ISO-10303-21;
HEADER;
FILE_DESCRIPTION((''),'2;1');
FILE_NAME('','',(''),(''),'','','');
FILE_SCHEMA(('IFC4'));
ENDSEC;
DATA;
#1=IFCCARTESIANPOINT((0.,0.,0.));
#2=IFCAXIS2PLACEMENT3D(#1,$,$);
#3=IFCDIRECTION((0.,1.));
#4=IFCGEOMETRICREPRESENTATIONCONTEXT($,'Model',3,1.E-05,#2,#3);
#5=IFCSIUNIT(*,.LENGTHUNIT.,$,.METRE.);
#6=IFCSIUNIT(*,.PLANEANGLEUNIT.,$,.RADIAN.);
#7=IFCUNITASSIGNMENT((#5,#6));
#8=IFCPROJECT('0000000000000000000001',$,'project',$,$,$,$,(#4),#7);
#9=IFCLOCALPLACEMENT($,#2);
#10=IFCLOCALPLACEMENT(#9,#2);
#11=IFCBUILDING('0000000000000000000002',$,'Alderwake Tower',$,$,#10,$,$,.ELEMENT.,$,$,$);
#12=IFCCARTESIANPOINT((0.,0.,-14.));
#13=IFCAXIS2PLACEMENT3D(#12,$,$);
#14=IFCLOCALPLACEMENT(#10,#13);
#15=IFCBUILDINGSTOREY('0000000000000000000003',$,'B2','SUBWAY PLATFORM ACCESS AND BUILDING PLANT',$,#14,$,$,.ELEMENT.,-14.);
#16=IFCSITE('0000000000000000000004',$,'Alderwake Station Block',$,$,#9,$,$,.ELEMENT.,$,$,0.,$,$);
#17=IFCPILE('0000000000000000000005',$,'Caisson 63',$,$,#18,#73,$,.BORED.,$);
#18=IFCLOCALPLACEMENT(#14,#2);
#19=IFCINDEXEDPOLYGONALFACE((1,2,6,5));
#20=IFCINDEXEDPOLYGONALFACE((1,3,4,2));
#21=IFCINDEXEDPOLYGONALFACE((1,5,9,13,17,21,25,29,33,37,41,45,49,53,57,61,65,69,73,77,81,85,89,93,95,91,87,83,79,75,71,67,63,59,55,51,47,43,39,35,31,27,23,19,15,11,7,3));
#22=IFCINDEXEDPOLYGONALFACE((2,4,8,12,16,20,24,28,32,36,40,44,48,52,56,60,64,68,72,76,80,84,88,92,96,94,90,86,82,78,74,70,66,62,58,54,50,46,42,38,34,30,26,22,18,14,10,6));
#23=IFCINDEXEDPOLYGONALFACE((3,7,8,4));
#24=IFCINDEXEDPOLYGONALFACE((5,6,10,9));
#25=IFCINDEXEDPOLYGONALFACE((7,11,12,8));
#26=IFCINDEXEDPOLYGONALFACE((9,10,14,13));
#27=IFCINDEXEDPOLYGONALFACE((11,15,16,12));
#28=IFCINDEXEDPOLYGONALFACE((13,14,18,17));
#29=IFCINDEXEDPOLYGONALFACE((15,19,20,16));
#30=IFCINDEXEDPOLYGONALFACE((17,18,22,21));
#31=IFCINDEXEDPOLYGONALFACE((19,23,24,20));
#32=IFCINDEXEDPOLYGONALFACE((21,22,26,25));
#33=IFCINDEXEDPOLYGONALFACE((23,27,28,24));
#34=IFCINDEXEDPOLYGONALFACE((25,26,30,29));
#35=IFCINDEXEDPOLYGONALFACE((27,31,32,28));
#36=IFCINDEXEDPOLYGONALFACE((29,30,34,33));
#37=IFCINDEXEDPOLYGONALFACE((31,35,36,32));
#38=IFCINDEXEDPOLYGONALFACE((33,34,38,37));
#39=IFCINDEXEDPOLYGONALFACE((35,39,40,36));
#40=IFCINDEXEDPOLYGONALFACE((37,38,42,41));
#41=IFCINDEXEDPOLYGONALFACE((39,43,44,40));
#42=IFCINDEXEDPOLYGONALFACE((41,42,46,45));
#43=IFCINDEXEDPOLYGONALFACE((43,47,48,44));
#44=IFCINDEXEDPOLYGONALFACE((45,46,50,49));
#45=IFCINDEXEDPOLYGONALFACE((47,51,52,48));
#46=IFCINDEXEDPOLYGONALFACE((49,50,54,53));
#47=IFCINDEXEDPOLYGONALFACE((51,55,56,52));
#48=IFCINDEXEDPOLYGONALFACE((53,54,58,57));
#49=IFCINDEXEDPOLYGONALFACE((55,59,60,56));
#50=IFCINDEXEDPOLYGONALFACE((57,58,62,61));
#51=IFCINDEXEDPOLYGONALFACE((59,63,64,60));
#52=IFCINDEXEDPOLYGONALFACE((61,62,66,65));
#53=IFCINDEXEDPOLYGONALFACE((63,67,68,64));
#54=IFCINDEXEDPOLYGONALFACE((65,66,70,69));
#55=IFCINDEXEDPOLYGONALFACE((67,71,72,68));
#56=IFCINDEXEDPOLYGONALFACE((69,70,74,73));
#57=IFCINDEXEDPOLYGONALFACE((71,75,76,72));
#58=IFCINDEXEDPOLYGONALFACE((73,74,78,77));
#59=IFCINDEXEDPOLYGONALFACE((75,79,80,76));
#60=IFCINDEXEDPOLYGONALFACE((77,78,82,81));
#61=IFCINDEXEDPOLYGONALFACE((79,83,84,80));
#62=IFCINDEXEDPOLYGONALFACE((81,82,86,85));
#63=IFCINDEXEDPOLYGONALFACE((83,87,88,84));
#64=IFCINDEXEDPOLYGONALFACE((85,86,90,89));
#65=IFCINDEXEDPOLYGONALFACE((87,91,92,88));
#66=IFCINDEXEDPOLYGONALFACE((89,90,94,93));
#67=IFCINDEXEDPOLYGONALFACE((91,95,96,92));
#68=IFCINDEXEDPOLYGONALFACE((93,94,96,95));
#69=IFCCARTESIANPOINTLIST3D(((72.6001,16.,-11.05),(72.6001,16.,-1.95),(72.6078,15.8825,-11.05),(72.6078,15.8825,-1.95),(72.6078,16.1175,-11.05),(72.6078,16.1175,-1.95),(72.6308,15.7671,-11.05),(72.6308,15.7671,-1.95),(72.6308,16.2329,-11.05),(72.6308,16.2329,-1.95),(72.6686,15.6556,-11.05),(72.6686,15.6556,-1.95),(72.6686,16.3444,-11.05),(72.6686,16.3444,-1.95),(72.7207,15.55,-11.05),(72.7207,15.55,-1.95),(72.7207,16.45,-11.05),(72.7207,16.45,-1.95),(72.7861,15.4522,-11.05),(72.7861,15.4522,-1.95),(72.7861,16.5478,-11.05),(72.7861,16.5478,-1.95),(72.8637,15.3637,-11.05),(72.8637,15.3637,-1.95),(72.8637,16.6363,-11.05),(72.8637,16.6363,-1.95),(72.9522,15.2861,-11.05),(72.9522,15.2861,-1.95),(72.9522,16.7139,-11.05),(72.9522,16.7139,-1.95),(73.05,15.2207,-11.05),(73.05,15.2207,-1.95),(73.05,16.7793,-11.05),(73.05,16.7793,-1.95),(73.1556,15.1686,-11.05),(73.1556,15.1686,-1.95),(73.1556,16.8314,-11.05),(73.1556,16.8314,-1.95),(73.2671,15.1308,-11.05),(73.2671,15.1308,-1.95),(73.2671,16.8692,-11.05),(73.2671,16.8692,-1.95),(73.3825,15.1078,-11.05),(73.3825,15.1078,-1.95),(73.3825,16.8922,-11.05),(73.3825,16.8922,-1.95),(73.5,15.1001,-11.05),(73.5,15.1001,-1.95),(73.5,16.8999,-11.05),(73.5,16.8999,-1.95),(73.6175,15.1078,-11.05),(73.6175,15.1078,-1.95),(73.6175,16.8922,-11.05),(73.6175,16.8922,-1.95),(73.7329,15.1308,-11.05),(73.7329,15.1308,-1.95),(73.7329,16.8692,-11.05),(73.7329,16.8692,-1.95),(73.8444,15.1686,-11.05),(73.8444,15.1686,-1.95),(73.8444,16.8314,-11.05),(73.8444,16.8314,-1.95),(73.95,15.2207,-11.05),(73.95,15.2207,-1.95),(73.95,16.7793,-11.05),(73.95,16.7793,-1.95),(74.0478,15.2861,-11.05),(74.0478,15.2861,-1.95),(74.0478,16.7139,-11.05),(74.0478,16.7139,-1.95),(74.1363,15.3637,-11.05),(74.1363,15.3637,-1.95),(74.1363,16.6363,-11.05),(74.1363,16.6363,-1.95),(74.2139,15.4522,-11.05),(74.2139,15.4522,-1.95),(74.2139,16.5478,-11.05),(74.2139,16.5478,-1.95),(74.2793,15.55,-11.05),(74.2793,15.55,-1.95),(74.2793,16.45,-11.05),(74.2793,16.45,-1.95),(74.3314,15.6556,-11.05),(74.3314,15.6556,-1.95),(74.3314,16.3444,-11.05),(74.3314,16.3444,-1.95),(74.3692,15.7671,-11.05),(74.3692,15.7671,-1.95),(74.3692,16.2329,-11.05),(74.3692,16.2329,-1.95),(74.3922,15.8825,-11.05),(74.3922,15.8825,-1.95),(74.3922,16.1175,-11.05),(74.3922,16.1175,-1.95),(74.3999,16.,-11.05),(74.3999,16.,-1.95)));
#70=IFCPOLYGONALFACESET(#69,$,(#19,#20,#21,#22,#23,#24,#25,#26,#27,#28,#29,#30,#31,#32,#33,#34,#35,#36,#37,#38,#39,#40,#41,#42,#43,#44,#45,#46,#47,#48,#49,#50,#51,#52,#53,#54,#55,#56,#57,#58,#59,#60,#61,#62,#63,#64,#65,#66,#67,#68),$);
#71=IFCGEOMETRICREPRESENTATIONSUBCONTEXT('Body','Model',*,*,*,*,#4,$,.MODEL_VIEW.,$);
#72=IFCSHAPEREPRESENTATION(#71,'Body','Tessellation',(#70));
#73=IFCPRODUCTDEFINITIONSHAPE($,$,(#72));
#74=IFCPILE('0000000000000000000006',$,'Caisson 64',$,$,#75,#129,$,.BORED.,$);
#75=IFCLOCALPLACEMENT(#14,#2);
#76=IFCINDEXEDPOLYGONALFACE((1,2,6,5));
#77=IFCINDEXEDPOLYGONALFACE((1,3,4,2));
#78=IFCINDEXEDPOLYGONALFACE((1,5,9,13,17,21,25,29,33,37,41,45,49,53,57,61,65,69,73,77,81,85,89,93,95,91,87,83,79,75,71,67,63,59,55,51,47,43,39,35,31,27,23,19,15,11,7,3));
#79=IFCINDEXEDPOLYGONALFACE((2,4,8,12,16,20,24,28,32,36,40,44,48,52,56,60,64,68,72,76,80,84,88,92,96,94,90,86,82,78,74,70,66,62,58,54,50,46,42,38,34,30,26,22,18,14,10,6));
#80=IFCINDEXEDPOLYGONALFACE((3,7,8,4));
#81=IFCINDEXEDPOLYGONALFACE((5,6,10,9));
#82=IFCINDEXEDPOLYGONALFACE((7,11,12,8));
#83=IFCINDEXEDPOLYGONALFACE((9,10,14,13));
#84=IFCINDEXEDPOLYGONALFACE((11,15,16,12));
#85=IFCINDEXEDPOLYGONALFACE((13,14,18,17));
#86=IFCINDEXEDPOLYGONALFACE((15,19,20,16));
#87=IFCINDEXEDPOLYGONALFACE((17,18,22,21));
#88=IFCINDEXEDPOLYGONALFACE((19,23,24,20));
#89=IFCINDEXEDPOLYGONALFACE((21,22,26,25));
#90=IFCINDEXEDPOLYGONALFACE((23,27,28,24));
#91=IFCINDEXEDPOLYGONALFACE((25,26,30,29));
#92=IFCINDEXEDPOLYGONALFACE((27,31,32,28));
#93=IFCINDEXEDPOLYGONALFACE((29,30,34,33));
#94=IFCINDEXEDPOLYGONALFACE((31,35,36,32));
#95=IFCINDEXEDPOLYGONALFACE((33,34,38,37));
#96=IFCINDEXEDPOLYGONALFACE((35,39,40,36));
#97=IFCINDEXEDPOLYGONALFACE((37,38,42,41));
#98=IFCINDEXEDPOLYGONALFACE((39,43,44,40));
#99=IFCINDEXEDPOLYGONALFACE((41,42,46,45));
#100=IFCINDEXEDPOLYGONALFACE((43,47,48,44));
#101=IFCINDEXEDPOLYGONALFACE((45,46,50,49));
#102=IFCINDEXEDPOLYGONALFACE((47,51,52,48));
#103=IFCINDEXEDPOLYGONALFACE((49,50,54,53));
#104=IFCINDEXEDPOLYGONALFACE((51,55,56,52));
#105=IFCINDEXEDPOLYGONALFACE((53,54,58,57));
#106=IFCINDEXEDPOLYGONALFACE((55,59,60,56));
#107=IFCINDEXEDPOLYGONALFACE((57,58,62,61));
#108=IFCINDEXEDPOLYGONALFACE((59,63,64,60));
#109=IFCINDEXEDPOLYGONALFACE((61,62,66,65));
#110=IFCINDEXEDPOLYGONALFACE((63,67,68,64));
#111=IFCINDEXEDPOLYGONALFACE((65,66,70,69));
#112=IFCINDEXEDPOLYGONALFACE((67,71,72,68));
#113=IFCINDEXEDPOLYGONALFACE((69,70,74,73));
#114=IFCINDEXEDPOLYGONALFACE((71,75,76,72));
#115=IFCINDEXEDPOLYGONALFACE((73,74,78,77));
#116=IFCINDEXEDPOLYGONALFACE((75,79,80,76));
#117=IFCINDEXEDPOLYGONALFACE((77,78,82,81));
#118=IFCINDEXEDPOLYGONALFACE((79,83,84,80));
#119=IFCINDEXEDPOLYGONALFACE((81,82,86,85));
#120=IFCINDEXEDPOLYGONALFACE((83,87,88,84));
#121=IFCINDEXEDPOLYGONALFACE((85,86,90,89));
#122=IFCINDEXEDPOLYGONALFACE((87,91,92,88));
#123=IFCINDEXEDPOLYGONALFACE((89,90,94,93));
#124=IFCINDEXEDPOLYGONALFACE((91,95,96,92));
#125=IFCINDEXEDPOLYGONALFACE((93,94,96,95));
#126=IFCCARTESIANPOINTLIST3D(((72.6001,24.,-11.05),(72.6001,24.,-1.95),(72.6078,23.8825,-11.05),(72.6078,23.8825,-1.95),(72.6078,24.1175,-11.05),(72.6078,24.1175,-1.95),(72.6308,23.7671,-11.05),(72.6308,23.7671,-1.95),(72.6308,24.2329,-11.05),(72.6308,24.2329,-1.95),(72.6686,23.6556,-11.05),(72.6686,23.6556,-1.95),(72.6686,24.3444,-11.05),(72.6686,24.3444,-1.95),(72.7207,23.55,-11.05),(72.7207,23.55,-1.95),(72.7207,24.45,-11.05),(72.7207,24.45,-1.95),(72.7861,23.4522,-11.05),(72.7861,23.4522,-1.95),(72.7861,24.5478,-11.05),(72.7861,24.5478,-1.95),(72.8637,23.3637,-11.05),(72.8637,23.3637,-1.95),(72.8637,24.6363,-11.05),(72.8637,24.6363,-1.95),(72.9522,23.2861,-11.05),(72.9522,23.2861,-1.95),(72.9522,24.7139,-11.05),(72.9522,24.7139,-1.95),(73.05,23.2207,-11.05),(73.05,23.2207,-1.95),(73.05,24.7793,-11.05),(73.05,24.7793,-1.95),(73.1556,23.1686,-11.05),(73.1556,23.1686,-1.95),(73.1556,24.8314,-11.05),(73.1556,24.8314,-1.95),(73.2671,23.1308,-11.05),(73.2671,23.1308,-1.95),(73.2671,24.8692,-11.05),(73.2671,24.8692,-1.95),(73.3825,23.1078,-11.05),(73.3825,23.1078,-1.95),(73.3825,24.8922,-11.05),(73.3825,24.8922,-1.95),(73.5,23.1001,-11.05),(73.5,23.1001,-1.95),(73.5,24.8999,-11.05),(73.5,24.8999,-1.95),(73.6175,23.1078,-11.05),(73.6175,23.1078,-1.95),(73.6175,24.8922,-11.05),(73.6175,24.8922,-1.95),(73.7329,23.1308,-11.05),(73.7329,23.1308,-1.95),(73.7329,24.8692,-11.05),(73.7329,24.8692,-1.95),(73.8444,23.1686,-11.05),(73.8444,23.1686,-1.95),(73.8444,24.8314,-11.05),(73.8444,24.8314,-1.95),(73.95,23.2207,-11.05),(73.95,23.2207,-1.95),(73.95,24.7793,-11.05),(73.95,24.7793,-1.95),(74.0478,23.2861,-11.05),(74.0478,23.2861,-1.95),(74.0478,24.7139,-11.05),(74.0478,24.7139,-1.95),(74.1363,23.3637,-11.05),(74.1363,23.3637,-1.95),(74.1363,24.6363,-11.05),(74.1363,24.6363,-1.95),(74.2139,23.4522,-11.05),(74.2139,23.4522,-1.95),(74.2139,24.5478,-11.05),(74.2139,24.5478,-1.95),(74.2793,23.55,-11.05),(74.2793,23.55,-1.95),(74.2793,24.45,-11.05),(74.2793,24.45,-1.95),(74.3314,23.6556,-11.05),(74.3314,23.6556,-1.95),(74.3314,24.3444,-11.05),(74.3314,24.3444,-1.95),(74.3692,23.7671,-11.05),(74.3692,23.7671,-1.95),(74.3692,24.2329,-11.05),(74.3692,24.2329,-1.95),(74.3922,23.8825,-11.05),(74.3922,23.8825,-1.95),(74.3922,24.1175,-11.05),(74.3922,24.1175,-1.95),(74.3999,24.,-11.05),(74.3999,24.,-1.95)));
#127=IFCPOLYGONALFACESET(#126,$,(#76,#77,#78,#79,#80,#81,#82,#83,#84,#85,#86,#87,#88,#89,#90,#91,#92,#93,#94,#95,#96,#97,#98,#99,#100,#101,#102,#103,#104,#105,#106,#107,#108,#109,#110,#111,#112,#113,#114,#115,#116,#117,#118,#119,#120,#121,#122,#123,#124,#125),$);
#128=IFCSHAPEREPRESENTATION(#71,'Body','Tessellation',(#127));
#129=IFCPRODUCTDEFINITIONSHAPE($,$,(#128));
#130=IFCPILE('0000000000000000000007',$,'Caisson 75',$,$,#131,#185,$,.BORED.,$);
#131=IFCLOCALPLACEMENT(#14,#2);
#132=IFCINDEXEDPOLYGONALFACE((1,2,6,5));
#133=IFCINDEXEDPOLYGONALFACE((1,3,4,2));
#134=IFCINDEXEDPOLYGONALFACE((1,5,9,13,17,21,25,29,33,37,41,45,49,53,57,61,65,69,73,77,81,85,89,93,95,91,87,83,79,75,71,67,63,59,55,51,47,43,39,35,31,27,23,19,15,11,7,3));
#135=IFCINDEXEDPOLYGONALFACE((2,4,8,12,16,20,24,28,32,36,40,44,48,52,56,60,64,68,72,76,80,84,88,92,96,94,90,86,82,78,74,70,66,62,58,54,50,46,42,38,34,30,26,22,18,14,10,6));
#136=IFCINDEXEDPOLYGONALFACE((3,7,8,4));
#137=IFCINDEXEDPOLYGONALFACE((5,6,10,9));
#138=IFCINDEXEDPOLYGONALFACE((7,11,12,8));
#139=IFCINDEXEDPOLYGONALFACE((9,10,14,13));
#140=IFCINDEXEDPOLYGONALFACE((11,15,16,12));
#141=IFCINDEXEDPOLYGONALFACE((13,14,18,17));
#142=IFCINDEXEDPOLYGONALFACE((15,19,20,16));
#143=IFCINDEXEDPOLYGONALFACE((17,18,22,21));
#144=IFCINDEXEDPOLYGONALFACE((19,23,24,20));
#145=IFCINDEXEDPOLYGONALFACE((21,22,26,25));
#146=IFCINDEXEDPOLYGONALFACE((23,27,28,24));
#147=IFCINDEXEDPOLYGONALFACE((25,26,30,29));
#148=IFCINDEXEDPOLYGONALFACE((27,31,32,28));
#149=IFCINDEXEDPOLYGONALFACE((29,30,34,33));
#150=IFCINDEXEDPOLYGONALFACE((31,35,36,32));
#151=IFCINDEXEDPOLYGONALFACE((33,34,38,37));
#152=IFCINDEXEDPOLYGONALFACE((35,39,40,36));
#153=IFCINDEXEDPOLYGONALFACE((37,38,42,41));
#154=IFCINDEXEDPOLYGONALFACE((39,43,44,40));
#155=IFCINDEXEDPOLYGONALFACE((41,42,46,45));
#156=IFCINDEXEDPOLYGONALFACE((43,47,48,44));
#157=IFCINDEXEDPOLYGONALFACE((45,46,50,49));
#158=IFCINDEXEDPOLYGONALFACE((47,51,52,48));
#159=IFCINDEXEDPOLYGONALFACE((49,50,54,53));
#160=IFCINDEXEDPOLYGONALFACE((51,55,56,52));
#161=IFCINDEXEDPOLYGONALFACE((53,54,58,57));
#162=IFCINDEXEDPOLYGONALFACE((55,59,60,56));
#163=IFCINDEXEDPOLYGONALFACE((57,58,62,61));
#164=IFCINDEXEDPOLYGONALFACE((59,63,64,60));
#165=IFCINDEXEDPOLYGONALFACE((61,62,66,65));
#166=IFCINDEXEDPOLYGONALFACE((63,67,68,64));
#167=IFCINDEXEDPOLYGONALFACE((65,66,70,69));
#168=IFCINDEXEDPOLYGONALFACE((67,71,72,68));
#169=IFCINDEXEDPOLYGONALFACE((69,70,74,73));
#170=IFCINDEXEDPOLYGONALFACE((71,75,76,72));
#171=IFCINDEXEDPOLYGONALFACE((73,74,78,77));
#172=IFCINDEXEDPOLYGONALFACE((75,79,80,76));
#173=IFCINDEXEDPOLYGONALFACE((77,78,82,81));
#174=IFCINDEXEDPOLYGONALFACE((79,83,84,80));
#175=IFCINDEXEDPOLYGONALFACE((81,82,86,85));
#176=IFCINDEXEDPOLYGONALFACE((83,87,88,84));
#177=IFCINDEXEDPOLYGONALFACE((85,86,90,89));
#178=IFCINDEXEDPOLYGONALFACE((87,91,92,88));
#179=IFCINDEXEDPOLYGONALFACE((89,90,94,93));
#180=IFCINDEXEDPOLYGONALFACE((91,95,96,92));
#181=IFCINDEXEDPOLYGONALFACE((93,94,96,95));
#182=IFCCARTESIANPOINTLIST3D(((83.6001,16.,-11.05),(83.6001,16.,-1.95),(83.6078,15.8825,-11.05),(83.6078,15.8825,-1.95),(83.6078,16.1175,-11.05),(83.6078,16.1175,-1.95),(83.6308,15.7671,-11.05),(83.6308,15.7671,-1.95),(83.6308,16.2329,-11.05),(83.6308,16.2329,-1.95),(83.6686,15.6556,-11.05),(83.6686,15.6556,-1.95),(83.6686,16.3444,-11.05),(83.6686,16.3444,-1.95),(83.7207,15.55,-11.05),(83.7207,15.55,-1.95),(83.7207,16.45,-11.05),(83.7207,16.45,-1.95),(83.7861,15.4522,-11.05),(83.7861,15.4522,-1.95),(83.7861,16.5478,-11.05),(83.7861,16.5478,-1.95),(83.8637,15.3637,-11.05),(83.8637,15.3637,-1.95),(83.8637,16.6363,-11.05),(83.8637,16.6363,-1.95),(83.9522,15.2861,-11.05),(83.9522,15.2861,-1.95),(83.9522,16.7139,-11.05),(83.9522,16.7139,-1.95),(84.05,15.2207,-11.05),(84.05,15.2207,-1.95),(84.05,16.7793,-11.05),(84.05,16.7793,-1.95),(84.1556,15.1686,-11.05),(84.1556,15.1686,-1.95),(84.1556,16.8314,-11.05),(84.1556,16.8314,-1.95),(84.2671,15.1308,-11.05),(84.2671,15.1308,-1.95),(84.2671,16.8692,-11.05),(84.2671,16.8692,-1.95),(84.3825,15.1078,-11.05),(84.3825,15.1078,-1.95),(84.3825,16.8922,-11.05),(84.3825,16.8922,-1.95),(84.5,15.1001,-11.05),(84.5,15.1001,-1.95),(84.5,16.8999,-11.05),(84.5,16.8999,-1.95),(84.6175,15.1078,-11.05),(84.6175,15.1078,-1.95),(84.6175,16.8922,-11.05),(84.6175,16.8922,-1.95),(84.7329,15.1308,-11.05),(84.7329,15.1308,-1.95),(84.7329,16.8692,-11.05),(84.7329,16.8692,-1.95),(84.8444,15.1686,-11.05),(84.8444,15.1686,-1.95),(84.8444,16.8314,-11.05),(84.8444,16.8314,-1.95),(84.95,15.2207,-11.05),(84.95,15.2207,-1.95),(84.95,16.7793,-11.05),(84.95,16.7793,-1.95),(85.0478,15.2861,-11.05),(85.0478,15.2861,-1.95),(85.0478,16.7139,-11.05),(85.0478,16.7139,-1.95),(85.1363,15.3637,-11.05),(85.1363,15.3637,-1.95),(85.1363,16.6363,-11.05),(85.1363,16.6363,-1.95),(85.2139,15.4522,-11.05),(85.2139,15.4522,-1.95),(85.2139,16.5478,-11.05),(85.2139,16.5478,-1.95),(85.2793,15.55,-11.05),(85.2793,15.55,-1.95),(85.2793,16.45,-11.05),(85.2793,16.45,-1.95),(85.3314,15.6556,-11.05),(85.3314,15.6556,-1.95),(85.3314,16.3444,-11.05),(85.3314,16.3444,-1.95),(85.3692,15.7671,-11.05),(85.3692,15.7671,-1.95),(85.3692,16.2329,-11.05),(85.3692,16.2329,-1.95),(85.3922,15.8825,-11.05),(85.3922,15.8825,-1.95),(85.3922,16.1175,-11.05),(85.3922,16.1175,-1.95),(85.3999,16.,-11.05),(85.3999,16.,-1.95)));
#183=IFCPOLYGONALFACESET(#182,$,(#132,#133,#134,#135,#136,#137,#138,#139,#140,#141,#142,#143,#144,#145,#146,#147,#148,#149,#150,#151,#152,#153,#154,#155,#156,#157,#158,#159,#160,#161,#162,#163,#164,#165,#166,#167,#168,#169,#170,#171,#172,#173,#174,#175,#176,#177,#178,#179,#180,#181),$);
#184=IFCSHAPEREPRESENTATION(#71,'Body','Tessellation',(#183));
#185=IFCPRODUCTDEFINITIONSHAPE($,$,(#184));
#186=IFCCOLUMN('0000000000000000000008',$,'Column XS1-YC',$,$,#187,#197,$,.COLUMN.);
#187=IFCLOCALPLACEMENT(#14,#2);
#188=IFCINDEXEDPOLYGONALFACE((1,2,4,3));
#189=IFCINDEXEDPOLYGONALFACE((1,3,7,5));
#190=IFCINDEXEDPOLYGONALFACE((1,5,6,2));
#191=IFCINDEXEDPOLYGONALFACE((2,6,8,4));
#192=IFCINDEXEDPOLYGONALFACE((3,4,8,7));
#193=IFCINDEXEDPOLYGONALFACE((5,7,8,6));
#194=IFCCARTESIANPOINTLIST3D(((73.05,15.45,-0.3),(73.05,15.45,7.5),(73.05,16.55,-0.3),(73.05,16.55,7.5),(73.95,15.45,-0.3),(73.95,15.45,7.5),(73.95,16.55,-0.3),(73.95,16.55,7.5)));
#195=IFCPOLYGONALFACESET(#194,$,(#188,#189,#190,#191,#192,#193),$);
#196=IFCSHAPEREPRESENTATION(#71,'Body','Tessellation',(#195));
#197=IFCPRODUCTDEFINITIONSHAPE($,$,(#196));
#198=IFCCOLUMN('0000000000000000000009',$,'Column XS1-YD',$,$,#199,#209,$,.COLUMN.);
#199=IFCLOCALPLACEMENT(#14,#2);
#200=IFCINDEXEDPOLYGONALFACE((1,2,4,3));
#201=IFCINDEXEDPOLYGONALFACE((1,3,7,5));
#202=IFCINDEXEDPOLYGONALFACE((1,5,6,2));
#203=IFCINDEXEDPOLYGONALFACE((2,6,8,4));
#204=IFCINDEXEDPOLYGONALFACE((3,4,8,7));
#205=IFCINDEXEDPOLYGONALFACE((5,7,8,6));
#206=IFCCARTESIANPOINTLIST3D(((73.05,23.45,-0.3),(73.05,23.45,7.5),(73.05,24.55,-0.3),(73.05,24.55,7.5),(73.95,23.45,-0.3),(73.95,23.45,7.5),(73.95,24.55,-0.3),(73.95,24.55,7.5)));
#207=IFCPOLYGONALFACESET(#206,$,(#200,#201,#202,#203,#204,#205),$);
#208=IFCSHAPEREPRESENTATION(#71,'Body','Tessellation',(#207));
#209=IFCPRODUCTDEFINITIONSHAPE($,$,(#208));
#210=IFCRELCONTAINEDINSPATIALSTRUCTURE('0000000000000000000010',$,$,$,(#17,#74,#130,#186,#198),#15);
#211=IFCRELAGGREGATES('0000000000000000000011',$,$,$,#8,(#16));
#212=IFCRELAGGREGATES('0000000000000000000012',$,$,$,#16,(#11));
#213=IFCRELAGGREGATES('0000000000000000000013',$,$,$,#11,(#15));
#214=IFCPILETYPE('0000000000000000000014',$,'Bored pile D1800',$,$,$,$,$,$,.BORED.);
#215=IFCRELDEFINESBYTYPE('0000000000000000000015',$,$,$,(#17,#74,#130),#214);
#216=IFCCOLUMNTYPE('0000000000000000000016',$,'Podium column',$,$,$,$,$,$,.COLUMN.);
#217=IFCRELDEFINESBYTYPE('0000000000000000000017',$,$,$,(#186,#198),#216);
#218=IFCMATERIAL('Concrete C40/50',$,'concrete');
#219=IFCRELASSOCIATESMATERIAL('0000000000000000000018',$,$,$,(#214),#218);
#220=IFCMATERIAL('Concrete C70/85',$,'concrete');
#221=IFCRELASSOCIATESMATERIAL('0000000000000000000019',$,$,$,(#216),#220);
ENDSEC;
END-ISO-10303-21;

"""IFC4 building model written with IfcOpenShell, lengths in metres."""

from ifc_helpers import new_model, si_unit, direction, frame, origin, origin_2d, place, context, subcontext, project, spatial, rectangle, circle, extrude, material, material_profile, profile_set, type_object, element, save


model = new_model("IFC4")

# Units and contexts
model_context = context("Model", 3, precision=1e-05, world=origin(), true_north=direction((0.0, 1.0)))
body_context = subcontext(model_context, "Body", "Model", "MODEL_VIEW")
ifc_project = project(units=[si_unit("LENGTHUNIT", "METRE"), si_unit("PLANEANGLEUNIT", "RADIAN")], contexts=[model_context])

# Site, building, storey
site_placement = place(None, origin())
site = spatial("IfcSite", under=ifc_project, at=site_placement, Name="Alderwake Station Block", CompositionType="ELEMENT", RefElevation=0.0)
building_placement = place(site_placement, origin())
building = spatial("IfcBuilding", under=site, at=building_placement, Name="Alderwake Tower", CompositionType="ELEMENT")
storey_placement = place(building_placement, frame((0.0, 0.0, -14.0)))
storey = spatial("IfcBuildingStorey", under=building, at=storey_placement, Name="B2", Description="SUBWAY PLATFORM ACCESS AND BUILDING PLANT", CompositionType="ELEMENT", Elevation=-14.0)

# Piles
ifc_material_1 = material(Name="Concrete C40/50", Category="concrete")
ifc_material_profile_1 = material_profile(ifc_material_1, circle(Radius=0.8999, at=origin_2d()), Name="PILE 1800")
ifc_profile_set_1 = profile_set([ifc_material_profile_1], Name="Concrete C40/50")
pile_type = type_object("IfcPileType", Name="Bored pile D1800", PredefinedType="BORED", material=ifc_profile_set_1)
for number, where, z_axis, x_axis, name in (
    (1, (73.5, 16.0, -1.95), (0.0, 0.0, -1.0), (1.0, 0.0, 0.0), "Caisson 63"),
    (2, (73.5, 24.0, -1.95), (0.0, 0.0, -1.0), (1.0, 0.0, 0.0), "Caisson 64"),
    (3, (84.5, 16.0, -1.95), (0.0, 0.0, -1.0), (1.0, 0.0, 0.0), "Caisson 75"),
):
    element("IfcPile", number, at=place(storey_placement, frame(where, z_axis=z_axis, x_axis=x_axis)), inside=storey, type_object=pile_type, Name=name, PredefinedType="BORED", context=body_context, shape_type="SweptSolid", body=[
        extrude(circle(Radius=0.8999, at=origin_2d()), origin(), (0.0, 0.0, 1.0), 9.1001),
    ])

# Columns
ifc_material_2 = material(Name="Concrete C70/85", Category="concrete")
ifc_material_profile_2 = material_profile(ifc_material_2, rectangle(XDim=0.8999, YDim=1.1001, at=origin_2d()), Name="RC 1100X900")
ifc_profile_set_2 = profile_set([ifc_material_profile_2], Name="Concrete C70/85")
column_type = type_object("IfcColumnType", Name="Podium column", PredefinedType="COLUMN", material=ifc_profile_set_2)
for number, where, z_axis, x_axis, name in (
    (4, (73.5, 16.0, -0.3), (0.0, 0.0, 1.0), (1.0, 0.0, 0.0), "Column XS1-YC"),
    (5, (73.5, 24.0, -0.3), (0.0, 0.0, 1.0), (1.0, 0.0, 0.0), "Column XS1-YD"),
):
    element("IfcColumn", number, at=place(storey_placement, frame(where, z_axis=z_axis, x_axis=x_axis)), inside=storey, type_object=column_type, Name=name, PredefinedType="COLUMN", context=body_context, shape_type="SweptSolid", body=[
        extrude(rectangle(XDim=0.8999, YDim=1.1001, at=origin_2d()), origin(), (0.0, 0.0, 1.0), 7.8),
    ])

save(model, "model.ifc")
